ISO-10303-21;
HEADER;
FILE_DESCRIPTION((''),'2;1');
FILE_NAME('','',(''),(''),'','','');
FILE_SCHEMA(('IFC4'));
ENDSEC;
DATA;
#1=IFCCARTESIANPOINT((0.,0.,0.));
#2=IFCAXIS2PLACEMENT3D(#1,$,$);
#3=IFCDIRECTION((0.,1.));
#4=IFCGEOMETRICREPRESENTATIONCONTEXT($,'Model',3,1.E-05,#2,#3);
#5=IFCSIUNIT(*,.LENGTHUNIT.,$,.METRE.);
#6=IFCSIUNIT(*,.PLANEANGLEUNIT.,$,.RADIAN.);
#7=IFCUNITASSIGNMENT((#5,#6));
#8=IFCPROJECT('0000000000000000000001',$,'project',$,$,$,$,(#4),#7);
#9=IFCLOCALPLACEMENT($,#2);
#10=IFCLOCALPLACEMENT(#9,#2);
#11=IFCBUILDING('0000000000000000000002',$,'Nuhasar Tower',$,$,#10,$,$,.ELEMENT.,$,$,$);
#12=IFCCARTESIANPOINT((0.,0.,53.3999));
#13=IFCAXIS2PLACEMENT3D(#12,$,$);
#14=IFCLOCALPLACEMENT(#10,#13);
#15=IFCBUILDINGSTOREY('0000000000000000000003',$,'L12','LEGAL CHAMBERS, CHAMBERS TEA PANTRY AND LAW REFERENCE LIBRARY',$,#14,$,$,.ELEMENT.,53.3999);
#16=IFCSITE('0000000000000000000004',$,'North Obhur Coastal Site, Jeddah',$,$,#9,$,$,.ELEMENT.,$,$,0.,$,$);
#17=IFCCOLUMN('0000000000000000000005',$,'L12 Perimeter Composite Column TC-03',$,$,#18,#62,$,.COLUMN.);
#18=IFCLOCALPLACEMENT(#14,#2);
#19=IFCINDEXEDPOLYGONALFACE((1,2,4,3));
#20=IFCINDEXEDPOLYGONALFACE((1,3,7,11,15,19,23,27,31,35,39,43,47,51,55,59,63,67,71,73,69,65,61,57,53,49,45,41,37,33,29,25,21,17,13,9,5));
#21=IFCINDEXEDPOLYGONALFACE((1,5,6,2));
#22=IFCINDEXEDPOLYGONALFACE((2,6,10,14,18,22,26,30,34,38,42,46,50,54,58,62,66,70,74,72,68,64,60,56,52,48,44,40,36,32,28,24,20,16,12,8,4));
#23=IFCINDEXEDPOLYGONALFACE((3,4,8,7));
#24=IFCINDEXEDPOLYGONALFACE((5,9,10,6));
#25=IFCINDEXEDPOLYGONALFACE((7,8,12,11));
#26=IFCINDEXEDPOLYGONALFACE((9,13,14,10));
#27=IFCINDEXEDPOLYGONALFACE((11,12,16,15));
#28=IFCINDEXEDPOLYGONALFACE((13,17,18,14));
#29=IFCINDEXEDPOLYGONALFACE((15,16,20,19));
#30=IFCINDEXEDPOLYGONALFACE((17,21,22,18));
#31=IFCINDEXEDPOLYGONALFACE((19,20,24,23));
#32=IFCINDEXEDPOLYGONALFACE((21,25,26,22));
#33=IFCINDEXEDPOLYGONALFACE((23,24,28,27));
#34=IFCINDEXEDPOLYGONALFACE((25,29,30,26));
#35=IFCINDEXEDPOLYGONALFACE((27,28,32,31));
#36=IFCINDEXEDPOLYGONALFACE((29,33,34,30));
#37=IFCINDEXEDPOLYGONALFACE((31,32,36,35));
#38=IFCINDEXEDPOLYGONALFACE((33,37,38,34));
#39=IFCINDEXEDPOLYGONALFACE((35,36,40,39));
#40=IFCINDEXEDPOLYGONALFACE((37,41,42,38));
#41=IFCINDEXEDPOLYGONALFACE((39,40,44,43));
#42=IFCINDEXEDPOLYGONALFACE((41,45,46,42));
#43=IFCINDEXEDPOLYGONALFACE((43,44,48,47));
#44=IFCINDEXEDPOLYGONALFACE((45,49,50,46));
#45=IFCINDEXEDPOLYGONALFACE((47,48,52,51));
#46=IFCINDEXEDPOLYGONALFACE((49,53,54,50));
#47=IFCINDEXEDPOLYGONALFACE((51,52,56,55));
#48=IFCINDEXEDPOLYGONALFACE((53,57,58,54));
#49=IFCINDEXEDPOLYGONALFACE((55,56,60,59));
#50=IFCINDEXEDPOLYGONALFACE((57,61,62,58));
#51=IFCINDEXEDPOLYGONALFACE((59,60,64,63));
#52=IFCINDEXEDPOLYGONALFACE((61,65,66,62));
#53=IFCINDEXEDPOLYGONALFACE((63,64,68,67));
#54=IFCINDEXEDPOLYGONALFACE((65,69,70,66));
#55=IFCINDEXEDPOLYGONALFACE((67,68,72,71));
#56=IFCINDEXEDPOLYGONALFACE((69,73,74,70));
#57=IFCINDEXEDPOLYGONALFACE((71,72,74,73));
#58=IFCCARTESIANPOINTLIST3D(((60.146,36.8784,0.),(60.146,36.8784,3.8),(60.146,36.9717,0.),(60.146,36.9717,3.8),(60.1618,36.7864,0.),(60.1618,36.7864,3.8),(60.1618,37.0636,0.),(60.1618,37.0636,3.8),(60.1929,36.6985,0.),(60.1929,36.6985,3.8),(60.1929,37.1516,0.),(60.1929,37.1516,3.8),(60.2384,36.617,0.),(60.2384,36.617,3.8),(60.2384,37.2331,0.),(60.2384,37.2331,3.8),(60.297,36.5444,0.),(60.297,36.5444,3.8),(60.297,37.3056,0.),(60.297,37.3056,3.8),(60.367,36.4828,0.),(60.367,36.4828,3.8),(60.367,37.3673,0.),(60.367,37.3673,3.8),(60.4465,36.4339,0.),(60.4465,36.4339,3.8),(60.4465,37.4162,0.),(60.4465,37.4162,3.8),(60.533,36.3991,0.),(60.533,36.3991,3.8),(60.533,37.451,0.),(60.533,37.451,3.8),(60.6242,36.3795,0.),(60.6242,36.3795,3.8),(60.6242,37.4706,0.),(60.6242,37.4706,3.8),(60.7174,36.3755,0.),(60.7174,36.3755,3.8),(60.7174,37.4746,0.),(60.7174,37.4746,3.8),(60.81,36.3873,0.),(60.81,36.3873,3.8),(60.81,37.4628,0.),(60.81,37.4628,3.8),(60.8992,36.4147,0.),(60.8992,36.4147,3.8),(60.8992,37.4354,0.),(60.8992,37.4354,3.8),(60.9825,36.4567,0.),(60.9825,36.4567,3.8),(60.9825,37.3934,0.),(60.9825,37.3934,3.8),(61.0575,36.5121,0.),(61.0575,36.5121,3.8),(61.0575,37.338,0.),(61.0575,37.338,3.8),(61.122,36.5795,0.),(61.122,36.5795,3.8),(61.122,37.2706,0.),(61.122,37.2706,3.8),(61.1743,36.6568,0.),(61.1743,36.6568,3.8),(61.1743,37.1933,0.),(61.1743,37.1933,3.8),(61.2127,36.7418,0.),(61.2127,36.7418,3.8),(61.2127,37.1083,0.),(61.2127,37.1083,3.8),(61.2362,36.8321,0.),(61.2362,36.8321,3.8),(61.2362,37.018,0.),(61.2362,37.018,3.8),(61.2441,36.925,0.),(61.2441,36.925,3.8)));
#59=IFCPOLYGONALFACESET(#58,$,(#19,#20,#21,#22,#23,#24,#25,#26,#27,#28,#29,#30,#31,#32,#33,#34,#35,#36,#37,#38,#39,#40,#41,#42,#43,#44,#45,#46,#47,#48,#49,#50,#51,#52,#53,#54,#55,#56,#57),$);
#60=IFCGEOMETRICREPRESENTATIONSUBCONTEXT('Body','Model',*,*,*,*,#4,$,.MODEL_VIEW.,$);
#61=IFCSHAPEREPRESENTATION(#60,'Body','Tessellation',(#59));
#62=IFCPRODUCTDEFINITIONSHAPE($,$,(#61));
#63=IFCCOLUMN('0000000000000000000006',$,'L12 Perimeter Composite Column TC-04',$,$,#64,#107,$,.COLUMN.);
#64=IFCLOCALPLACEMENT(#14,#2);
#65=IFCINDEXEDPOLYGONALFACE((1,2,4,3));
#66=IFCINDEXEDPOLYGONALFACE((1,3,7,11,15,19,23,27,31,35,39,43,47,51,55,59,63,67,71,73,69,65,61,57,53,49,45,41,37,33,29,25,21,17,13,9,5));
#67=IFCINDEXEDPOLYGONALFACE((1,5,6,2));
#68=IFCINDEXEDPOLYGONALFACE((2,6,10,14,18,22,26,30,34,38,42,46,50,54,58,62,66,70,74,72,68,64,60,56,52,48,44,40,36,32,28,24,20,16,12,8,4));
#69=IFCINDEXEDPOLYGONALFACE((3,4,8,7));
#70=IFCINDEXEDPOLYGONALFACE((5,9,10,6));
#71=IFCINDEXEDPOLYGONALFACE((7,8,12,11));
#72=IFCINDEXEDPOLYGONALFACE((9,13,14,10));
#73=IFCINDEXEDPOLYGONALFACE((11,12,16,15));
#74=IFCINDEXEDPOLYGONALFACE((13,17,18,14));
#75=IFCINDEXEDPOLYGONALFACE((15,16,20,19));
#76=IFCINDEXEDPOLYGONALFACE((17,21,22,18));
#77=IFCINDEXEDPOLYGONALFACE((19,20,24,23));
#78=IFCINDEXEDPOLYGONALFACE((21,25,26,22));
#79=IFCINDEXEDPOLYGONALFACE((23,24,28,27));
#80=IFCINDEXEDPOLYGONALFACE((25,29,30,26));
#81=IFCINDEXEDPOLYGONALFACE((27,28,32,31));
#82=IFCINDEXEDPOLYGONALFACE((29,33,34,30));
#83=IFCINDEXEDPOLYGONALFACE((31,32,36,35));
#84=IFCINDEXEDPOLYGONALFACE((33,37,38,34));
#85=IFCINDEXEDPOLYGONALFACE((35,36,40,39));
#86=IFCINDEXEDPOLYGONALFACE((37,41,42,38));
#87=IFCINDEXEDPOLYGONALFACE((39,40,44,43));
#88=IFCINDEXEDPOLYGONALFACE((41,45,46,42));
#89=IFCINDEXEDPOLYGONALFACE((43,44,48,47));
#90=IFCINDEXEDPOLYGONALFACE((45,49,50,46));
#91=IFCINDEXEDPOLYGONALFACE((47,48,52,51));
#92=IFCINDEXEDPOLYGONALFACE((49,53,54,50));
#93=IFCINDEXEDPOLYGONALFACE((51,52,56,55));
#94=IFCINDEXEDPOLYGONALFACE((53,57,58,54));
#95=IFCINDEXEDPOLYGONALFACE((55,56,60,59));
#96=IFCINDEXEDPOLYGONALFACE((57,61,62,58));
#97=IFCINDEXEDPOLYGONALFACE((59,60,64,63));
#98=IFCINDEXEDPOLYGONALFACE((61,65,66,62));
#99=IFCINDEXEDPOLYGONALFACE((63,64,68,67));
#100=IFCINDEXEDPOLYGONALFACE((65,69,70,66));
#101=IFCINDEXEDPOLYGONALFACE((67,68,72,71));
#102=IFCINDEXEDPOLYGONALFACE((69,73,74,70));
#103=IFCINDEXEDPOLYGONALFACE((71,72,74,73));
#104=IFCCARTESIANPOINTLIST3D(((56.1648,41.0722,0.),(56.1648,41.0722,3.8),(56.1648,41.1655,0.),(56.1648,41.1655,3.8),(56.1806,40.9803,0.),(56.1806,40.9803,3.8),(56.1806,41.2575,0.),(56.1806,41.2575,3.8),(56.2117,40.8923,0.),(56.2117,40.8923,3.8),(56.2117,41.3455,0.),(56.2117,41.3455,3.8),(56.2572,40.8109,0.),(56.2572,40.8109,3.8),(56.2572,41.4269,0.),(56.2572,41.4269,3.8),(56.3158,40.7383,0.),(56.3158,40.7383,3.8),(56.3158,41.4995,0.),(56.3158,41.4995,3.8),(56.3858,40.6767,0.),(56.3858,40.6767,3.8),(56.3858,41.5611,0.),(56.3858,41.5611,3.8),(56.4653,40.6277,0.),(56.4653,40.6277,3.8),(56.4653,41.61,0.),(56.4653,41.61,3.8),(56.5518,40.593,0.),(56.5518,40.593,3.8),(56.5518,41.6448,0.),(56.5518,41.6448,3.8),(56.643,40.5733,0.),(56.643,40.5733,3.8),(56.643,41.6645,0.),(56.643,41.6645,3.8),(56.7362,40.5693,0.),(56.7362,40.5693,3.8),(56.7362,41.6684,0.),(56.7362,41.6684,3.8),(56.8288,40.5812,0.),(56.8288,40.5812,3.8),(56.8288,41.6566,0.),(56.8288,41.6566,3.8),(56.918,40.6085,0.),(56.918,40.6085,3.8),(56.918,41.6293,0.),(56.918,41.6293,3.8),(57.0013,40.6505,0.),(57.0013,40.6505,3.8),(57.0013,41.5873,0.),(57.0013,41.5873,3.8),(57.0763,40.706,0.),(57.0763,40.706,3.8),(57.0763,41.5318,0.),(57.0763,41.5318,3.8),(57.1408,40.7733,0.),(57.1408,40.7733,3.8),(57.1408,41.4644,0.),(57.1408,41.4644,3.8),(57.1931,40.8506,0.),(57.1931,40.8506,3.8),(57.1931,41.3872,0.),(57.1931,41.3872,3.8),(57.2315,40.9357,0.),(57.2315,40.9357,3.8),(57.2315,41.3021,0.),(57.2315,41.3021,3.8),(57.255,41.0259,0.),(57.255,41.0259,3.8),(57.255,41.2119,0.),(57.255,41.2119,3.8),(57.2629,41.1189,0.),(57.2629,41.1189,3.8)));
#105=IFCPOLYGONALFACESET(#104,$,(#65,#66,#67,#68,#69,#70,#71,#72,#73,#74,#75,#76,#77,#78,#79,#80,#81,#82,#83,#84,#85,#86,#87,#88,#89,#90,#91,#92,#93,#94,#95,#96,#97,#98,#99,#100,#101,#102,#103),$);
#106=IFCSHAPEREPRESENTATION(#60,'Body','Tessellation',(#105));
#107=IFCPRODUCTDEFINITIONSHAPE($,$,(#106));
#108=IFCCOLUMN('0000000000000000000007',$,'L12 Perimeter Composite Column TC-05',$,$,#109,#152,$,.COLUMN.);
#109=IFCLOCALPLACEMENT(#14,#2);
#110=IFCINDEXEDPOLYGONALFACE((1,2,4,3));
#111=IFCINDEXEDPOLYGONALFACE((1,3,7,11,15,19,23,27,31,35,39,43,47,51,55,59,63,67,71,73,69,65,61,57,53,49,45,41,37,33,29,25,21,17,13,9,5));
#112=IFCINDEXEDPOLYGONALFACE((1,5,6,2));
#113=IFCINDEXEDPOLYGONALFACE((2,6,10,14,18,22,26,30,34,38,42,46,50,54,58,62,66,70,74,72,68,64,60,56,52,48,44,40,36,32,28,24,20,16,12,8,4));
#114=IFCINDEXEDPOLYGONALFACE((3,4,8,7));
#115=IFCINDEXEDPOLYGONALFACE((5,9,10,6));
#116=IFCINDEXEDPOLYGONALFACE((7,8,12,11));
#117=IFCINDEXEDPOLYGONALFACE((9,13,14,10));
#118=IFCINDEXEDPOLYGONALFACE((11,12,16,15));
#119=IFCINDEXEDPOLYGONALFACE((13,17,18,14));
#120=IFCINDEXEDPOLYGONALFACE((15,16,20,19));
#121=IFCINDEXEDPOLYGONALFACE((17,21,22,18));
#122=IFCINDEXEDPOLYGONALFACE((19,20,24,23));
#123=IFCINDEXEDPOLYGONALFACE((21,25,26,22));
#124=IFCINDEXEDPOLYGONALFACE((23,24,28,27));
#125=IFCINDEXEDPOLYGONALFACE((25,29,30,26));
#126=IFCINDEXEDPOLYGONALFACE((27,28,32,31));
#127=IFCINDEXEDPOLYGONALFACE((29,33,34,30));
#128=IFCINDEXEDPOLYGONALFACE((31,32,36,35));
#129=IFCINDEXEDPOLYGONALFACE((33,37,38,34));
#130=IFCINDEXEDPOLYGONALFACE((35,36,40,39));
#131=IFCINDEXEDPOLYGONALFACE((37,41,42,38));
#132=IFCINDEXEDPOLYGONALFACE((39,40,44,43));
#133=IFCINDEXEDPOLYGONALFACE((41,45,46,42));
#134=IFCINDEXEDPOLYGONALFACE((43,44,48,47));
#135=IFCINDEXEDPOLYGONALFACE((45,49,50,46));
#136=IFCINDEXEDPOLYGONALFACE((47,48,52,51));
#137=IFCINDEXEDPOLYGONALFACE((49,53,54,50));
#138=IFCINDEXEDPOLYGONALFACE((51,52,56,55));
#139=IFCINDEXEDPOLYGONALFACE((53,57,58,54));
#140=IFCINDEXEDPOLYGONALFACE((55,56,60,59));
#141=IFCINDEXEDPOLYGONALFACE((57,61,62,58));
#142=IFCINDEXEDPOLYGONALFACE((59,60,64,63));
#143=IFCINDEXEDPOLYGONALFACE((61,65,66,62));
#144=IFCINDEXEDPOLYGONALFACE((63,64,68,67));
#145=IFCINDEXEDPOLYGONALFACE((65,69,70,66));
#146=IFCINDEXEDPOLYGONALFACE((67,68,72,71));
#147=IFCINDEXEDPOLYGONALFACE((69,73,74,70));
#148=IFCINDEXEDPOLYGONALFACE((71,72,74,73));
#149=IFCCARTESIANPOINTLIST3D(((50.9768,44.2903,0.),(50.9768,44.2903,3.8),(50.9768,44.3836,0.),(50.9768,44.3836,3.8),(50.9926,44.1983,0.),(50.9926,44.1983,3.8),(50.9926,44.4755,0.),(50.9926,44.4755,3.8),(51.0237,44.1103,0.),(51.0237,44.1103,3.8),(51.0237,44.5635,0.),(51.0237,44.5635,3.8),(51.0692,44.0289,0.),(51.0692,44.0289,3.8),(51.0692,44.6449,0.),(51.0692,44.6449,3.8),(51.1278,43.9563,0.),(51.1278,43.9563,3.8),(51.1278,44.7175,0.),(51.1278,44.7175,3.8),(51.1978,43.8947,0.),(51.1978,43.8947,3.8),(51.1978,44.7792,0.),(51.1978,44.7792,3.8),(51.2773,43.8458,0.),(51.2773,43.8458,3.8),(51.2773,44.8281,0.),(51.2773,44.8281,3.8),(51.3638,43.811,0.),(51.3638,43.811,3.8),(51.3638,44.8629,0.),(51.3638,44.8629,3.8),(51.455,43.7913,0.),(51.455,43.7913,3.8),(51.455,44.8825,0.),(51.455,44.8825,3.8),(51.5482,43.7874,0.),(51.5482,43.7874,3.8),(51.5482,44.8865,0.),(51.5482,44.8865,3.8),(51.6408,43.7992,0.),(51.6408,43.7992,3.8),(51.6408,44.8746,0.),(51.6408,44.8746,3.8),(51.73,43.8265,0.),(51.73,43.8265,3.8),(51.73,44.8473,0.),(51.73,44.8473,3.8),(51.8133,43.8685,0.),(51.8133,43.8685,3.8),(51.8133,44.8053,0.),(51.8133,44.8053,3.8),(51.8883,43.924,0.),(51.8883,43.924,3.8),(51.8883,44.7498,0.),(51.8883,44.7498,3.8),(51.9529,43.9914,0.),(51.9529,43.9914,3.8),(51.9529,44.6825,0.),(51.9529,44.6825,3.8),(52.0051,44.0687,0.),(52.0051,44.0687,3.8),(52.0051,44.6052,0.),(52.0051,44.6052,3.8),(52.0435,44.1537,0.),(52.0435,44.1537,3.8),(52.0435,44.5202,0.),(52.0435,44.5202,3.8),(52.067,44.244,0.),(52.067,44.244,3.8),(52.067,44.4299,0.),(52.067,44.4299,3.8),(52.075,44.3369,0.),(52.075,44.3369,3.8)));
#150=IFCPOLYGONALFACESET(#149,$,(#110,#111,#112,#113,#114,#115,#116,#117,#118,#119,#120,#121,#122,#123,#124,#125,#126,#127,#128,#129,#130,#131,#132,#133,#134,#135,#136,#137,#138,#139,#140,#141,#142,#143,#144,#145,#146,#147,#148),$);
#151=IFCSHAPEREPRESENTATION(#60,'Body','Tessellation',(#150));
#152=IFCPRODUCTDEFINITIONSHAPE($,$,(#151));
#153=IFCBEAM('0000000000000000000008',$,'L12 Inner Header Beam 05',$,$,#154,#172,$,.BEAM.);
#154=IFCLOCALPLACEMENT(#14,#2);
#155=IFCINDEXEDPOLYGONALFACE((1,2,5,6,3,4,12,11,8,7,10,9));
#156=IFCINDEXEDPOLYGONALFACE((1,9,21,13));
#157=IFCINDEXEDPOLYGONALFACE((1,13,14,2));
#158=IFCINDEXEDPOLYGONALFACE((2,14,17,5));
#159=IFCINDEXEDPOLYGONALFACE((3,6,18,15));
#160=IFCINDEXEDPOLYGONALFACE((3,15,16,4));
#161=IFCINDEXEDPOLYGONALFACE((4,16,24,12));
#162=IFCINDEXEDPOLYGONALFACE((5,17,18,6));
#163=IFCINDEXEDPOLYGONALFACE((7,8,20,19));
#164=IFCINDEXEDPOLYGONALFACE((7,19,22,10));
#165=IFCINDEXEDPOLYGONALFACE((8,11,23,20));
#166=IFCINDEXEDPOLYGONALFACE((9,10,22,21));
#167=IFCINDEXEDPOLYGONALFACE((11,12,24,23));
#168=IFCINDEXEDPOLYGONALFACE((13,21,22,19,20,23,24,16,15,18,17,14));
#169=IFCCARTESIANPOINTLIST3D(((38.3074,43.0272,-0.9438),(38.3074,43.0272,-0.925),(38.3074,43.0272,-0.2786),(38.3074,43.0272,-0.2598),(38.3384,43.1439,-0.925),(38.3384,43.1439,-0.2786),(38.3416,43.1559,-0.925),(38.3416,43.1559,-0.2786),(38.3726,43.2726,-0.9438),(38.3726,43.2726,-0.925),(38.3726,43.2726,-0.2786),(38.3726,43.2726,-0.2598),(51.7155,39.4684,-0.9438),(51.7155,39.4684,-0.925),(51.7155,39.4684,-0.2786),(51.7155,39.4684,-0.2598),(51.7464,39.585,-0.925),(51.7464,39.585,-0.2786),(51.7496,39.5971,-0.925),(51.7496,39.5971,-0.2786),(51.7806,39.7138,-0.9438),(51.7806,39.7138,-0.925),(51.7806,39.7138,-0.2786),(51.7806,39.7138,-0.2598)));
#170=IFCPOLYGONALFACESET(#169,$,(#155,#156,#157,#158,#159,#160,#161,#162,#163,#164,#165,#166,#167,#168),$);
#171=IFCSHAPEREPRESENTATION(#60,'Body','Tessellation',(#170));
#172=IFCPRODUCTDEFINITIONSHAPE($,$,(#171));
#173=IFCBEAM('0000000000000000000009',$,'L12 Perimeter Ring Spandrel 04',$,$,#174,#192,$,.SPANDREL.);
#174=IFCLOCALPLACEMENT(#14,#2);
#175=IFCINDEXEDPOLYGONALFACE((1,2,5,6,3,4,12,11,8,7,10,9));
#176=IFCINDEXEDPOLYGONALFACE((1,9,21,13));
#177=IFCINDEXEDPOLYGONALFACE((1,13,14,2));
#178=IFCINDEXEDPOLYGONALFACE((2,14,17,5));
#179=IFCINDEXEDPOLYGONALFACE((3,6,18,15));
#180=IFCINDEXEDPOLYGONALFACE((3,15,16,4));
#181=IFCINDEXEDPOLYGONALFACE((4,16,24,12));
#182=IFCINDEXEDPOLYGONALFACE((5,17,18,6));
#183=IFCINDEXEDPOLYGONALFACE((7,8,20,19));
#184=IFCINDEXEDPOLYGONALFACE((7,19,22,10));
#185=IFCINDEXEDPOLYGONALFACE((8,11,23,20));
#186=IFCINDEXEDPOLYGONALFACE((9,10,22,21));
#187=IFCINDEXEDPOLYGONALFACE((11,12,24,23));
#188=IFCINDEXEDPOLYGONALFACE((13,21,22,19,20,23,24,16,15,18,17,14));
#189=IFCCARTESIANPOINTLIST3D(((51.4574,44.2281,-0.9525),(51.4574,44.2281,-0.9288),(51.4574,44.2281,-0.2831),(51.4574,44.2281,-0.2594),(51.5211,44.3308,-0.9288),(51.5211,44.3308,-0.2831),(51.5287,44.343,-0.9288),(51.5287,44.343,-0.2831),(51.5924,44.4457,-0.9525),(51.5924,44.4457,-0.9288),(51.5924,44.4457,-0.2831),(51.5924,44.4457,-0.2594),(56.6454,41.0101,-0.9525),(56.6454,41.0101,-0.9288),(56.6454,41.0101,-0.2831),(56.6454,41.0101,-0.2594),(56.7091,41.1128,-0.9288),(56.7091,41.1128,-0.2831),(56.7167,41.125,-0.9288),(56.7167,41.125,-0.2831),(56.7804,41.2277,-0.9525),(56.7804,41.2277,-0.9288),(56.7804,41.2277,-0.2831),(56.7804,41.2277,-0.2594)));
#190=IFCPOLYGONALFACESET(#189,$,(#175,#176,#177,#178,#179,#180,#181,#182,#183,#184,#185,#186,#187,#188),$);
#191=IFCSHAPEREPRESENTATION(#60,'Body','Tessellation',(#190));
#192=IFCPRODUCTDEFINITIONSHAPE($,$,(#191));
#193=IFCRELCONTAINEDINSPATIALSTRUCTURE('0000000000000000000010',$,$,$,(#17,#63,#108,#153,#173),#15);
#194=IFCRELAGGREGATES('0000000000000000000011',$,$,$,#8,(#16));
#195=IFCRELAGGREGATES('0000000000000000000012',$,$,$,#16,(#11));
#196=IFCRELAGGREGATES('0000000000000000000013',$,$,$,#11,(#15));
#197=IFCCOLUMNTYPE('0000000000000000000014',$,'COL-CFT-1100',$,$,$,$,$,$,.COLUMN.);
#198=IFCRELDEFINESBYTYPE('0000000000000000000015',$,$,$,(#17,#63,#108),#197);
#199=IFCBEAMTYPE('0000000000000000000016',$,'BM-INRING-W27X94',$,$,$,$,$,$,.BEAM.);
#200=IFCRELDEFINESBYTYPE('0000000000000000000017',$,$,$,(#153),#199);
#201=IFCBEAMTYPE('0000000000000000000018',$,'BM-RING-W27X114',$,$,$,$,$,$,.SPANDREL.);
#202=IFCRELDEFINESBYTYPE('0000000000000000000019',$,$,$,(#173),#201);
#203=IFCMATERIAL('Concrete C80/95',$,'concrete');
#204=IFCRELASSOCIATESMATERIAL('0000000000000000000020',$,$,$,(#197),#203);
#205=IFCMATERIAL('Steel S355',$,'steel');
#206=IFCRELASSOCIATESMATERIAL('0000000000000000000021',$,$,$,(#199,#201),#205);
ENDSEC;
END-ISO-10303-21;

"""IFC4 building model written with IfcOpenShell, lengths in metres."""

from ifc_helpers import new_model, si_unit, direction, frame, origin, origin_2d, place, context, subcontext, project, spatial, circle, i_section, extrude, material, material_profile, profile_set, type_object, element, save


model = new_model("IFC4")

# Units and contexts
model_context = context("Model", 3, precision=1e-05, world=origin(), true_north=direction((0.0, 1.0)))
body_context = subcontext(model_context, "Body", "Model", "MODEL_VIEW")
ifc_project = project(units=[si_unit("LENGTHUNIT", "METRE"), si_unit("PLANEANGLEUNIT", "RADIAN")], contexts=[model_context])

# Site, building, storey
site_placement = place(None, origin())
site = spatial("IfcSite", under=ifc_project, at=site_placement, Name="North Obhur Coastal Site, Jeddah", CompositionType="ELEMENT", RefElevation=0.0)
building_placement = place(site_placement, origin())
building = spatial("IfcBuilding", under=site, at=building_placement, Name="Nuhasar Tower", CompositionType="ELEMENT")
storey_placement = place(building_placement, frame((0.0, 0.0, 53.3999)))
storey = spatial("IfcBuildingStorey", under=building, at=storey_placement, Name="L12", Description="LEGAL CHAMBERS, CHAMBERS TEA PANTRY AND LAW REFERENCE LIBRARY", CompositionType="ELEMENT", Elevation=53.3999)

# Columns
ifc_material_1 = material(Name="Concrete C80/95", Category="concrete")
ifc_material_profile_1 = material_profile(ifc_material_1, circle(Radius=0.55, at=origin_2d()), Name="CFT1100")
ifc_profile_set_1 = profile_set([ifc_material_profile_1], Name="Concrete C80/95")
column_type = type_object("IfcColumnType", Name="COL-CFT-1100", PredefinedType="COLUMN", material=ifc_profile_set_1)
for number, where, z_axis, x_axis, name in (
    (1, (60.6941, 36.925, 0.0), (0.0, 0.0, 1.0), (1.0, 0.0, 0.0), "L12 Perimeter Composite Column TC-03"),
    (2, (56.7129, 41.1189, 0.0), (0.0, 0.0, 1.0), (1.0, 0.0, 0.0), "L12 Perimeter Composite Column TC-04"),
    (3, (51.5249, 44.3369, 0.0), (0.0, 0.0, 1.0), (1.0, 0.0, 0.0), "L12 Perimeter Composite Column TC-05"),
):
    element("IfcColumn", number, at=place(storey_placement, frame(where, z_axis=z_axis, x_axis=x_axis)), inside=storey, type_object=column_type, Name=name, PredefinedType="COLUMN", context=body_context, shape_type="SweptSolid", body=[
        extrude(circle(Radius=0.55, at=origin_2d()), origin(), (0.0, 0.0, 1.0), 3.8),
    ])

# Beams
ifc_material_2 = material(Name="Steel S355", Category="steel")
ifc_material_profile_2 = material_profile(ifc_material_2, i_section(OverallWidth=0.2539, OverallDepth=0.6841, WebThickness=0.0125, FlangeThickness=0.0188, at=origin_2d()), Name="W27X94")
ifc_profile_set_2 = profile_set([ifc_material_profile_2], Name="Steel S355")
beam_type_1 = type_object("IfcBeamType", Name="BM-INRING-W27X94", PredefinedType="BEAM", material=ifc_profile_set_2)
beam_1_placement = place(storey_placement, frame((51.748, 39.5911, -0.6018), z_axis=(-0.966533, 0.256544, 0.0), x_axis=(-0.256544, -0.966533, 0.0)))
element("IfcBeam", 4, at=beam_1_placement, inside=storey, type_object=beam_type_1, Name="L12 Inner Header Beam 05", PredefinedType="BEAM", context=body_context, shape_type="SweptSolid", body=[
    extrude(i_section(OverallWidth=0.2539, OverallDepth=0.6841, WebThickness=0.0125, FlangeThickness=0.0188, at=origin_2d()), origin(), (0.0, 0.0, 1.0), 13.8723),
])
ifc_material_profile_3 = material_profile(ifc_material_2, i_section(OverallWidth=0.2561, OverallDepth=0.6931, WebThickness=0.0144, FlangeThickness=0.0237, at=origin_2d()), Name="W27X114")
ifc_profile_set_3 = profile_set([ifc_material_profile_3], Name="Steel S355")
beam_type_2 = type_object("IfcBeamType", Name="BM-RING-W27X114", PredefinedType="SPANDREL", material=ifc_profile_set_3)
beam_2_placement = place(storey_placement, frame((56.7129, 41.1189, -0.606), z_axis=(-0.849795, 0.527113, 0.0), x_axis=(-0.527113, -0.849795, 0.0)))
element("IfcBeam", 5, at=beam_2_placement, inside=storey, type_object=beam_type_2, Name="L12 Perimeter Ring Spandrel 04", PredefinedType="SPANDREL", context=body_context, shape_type="SweptSolid", body=[
    extrude(i_section(OverallWidth=0.2561, OverallDepth=0.6931, WebThickness=0.0144, FlangeThickness=0.0237, at=origin_2d()), origin(), (0.0, 0.0, 1.0), 6.105),
])

save(model, "model.ifc")
